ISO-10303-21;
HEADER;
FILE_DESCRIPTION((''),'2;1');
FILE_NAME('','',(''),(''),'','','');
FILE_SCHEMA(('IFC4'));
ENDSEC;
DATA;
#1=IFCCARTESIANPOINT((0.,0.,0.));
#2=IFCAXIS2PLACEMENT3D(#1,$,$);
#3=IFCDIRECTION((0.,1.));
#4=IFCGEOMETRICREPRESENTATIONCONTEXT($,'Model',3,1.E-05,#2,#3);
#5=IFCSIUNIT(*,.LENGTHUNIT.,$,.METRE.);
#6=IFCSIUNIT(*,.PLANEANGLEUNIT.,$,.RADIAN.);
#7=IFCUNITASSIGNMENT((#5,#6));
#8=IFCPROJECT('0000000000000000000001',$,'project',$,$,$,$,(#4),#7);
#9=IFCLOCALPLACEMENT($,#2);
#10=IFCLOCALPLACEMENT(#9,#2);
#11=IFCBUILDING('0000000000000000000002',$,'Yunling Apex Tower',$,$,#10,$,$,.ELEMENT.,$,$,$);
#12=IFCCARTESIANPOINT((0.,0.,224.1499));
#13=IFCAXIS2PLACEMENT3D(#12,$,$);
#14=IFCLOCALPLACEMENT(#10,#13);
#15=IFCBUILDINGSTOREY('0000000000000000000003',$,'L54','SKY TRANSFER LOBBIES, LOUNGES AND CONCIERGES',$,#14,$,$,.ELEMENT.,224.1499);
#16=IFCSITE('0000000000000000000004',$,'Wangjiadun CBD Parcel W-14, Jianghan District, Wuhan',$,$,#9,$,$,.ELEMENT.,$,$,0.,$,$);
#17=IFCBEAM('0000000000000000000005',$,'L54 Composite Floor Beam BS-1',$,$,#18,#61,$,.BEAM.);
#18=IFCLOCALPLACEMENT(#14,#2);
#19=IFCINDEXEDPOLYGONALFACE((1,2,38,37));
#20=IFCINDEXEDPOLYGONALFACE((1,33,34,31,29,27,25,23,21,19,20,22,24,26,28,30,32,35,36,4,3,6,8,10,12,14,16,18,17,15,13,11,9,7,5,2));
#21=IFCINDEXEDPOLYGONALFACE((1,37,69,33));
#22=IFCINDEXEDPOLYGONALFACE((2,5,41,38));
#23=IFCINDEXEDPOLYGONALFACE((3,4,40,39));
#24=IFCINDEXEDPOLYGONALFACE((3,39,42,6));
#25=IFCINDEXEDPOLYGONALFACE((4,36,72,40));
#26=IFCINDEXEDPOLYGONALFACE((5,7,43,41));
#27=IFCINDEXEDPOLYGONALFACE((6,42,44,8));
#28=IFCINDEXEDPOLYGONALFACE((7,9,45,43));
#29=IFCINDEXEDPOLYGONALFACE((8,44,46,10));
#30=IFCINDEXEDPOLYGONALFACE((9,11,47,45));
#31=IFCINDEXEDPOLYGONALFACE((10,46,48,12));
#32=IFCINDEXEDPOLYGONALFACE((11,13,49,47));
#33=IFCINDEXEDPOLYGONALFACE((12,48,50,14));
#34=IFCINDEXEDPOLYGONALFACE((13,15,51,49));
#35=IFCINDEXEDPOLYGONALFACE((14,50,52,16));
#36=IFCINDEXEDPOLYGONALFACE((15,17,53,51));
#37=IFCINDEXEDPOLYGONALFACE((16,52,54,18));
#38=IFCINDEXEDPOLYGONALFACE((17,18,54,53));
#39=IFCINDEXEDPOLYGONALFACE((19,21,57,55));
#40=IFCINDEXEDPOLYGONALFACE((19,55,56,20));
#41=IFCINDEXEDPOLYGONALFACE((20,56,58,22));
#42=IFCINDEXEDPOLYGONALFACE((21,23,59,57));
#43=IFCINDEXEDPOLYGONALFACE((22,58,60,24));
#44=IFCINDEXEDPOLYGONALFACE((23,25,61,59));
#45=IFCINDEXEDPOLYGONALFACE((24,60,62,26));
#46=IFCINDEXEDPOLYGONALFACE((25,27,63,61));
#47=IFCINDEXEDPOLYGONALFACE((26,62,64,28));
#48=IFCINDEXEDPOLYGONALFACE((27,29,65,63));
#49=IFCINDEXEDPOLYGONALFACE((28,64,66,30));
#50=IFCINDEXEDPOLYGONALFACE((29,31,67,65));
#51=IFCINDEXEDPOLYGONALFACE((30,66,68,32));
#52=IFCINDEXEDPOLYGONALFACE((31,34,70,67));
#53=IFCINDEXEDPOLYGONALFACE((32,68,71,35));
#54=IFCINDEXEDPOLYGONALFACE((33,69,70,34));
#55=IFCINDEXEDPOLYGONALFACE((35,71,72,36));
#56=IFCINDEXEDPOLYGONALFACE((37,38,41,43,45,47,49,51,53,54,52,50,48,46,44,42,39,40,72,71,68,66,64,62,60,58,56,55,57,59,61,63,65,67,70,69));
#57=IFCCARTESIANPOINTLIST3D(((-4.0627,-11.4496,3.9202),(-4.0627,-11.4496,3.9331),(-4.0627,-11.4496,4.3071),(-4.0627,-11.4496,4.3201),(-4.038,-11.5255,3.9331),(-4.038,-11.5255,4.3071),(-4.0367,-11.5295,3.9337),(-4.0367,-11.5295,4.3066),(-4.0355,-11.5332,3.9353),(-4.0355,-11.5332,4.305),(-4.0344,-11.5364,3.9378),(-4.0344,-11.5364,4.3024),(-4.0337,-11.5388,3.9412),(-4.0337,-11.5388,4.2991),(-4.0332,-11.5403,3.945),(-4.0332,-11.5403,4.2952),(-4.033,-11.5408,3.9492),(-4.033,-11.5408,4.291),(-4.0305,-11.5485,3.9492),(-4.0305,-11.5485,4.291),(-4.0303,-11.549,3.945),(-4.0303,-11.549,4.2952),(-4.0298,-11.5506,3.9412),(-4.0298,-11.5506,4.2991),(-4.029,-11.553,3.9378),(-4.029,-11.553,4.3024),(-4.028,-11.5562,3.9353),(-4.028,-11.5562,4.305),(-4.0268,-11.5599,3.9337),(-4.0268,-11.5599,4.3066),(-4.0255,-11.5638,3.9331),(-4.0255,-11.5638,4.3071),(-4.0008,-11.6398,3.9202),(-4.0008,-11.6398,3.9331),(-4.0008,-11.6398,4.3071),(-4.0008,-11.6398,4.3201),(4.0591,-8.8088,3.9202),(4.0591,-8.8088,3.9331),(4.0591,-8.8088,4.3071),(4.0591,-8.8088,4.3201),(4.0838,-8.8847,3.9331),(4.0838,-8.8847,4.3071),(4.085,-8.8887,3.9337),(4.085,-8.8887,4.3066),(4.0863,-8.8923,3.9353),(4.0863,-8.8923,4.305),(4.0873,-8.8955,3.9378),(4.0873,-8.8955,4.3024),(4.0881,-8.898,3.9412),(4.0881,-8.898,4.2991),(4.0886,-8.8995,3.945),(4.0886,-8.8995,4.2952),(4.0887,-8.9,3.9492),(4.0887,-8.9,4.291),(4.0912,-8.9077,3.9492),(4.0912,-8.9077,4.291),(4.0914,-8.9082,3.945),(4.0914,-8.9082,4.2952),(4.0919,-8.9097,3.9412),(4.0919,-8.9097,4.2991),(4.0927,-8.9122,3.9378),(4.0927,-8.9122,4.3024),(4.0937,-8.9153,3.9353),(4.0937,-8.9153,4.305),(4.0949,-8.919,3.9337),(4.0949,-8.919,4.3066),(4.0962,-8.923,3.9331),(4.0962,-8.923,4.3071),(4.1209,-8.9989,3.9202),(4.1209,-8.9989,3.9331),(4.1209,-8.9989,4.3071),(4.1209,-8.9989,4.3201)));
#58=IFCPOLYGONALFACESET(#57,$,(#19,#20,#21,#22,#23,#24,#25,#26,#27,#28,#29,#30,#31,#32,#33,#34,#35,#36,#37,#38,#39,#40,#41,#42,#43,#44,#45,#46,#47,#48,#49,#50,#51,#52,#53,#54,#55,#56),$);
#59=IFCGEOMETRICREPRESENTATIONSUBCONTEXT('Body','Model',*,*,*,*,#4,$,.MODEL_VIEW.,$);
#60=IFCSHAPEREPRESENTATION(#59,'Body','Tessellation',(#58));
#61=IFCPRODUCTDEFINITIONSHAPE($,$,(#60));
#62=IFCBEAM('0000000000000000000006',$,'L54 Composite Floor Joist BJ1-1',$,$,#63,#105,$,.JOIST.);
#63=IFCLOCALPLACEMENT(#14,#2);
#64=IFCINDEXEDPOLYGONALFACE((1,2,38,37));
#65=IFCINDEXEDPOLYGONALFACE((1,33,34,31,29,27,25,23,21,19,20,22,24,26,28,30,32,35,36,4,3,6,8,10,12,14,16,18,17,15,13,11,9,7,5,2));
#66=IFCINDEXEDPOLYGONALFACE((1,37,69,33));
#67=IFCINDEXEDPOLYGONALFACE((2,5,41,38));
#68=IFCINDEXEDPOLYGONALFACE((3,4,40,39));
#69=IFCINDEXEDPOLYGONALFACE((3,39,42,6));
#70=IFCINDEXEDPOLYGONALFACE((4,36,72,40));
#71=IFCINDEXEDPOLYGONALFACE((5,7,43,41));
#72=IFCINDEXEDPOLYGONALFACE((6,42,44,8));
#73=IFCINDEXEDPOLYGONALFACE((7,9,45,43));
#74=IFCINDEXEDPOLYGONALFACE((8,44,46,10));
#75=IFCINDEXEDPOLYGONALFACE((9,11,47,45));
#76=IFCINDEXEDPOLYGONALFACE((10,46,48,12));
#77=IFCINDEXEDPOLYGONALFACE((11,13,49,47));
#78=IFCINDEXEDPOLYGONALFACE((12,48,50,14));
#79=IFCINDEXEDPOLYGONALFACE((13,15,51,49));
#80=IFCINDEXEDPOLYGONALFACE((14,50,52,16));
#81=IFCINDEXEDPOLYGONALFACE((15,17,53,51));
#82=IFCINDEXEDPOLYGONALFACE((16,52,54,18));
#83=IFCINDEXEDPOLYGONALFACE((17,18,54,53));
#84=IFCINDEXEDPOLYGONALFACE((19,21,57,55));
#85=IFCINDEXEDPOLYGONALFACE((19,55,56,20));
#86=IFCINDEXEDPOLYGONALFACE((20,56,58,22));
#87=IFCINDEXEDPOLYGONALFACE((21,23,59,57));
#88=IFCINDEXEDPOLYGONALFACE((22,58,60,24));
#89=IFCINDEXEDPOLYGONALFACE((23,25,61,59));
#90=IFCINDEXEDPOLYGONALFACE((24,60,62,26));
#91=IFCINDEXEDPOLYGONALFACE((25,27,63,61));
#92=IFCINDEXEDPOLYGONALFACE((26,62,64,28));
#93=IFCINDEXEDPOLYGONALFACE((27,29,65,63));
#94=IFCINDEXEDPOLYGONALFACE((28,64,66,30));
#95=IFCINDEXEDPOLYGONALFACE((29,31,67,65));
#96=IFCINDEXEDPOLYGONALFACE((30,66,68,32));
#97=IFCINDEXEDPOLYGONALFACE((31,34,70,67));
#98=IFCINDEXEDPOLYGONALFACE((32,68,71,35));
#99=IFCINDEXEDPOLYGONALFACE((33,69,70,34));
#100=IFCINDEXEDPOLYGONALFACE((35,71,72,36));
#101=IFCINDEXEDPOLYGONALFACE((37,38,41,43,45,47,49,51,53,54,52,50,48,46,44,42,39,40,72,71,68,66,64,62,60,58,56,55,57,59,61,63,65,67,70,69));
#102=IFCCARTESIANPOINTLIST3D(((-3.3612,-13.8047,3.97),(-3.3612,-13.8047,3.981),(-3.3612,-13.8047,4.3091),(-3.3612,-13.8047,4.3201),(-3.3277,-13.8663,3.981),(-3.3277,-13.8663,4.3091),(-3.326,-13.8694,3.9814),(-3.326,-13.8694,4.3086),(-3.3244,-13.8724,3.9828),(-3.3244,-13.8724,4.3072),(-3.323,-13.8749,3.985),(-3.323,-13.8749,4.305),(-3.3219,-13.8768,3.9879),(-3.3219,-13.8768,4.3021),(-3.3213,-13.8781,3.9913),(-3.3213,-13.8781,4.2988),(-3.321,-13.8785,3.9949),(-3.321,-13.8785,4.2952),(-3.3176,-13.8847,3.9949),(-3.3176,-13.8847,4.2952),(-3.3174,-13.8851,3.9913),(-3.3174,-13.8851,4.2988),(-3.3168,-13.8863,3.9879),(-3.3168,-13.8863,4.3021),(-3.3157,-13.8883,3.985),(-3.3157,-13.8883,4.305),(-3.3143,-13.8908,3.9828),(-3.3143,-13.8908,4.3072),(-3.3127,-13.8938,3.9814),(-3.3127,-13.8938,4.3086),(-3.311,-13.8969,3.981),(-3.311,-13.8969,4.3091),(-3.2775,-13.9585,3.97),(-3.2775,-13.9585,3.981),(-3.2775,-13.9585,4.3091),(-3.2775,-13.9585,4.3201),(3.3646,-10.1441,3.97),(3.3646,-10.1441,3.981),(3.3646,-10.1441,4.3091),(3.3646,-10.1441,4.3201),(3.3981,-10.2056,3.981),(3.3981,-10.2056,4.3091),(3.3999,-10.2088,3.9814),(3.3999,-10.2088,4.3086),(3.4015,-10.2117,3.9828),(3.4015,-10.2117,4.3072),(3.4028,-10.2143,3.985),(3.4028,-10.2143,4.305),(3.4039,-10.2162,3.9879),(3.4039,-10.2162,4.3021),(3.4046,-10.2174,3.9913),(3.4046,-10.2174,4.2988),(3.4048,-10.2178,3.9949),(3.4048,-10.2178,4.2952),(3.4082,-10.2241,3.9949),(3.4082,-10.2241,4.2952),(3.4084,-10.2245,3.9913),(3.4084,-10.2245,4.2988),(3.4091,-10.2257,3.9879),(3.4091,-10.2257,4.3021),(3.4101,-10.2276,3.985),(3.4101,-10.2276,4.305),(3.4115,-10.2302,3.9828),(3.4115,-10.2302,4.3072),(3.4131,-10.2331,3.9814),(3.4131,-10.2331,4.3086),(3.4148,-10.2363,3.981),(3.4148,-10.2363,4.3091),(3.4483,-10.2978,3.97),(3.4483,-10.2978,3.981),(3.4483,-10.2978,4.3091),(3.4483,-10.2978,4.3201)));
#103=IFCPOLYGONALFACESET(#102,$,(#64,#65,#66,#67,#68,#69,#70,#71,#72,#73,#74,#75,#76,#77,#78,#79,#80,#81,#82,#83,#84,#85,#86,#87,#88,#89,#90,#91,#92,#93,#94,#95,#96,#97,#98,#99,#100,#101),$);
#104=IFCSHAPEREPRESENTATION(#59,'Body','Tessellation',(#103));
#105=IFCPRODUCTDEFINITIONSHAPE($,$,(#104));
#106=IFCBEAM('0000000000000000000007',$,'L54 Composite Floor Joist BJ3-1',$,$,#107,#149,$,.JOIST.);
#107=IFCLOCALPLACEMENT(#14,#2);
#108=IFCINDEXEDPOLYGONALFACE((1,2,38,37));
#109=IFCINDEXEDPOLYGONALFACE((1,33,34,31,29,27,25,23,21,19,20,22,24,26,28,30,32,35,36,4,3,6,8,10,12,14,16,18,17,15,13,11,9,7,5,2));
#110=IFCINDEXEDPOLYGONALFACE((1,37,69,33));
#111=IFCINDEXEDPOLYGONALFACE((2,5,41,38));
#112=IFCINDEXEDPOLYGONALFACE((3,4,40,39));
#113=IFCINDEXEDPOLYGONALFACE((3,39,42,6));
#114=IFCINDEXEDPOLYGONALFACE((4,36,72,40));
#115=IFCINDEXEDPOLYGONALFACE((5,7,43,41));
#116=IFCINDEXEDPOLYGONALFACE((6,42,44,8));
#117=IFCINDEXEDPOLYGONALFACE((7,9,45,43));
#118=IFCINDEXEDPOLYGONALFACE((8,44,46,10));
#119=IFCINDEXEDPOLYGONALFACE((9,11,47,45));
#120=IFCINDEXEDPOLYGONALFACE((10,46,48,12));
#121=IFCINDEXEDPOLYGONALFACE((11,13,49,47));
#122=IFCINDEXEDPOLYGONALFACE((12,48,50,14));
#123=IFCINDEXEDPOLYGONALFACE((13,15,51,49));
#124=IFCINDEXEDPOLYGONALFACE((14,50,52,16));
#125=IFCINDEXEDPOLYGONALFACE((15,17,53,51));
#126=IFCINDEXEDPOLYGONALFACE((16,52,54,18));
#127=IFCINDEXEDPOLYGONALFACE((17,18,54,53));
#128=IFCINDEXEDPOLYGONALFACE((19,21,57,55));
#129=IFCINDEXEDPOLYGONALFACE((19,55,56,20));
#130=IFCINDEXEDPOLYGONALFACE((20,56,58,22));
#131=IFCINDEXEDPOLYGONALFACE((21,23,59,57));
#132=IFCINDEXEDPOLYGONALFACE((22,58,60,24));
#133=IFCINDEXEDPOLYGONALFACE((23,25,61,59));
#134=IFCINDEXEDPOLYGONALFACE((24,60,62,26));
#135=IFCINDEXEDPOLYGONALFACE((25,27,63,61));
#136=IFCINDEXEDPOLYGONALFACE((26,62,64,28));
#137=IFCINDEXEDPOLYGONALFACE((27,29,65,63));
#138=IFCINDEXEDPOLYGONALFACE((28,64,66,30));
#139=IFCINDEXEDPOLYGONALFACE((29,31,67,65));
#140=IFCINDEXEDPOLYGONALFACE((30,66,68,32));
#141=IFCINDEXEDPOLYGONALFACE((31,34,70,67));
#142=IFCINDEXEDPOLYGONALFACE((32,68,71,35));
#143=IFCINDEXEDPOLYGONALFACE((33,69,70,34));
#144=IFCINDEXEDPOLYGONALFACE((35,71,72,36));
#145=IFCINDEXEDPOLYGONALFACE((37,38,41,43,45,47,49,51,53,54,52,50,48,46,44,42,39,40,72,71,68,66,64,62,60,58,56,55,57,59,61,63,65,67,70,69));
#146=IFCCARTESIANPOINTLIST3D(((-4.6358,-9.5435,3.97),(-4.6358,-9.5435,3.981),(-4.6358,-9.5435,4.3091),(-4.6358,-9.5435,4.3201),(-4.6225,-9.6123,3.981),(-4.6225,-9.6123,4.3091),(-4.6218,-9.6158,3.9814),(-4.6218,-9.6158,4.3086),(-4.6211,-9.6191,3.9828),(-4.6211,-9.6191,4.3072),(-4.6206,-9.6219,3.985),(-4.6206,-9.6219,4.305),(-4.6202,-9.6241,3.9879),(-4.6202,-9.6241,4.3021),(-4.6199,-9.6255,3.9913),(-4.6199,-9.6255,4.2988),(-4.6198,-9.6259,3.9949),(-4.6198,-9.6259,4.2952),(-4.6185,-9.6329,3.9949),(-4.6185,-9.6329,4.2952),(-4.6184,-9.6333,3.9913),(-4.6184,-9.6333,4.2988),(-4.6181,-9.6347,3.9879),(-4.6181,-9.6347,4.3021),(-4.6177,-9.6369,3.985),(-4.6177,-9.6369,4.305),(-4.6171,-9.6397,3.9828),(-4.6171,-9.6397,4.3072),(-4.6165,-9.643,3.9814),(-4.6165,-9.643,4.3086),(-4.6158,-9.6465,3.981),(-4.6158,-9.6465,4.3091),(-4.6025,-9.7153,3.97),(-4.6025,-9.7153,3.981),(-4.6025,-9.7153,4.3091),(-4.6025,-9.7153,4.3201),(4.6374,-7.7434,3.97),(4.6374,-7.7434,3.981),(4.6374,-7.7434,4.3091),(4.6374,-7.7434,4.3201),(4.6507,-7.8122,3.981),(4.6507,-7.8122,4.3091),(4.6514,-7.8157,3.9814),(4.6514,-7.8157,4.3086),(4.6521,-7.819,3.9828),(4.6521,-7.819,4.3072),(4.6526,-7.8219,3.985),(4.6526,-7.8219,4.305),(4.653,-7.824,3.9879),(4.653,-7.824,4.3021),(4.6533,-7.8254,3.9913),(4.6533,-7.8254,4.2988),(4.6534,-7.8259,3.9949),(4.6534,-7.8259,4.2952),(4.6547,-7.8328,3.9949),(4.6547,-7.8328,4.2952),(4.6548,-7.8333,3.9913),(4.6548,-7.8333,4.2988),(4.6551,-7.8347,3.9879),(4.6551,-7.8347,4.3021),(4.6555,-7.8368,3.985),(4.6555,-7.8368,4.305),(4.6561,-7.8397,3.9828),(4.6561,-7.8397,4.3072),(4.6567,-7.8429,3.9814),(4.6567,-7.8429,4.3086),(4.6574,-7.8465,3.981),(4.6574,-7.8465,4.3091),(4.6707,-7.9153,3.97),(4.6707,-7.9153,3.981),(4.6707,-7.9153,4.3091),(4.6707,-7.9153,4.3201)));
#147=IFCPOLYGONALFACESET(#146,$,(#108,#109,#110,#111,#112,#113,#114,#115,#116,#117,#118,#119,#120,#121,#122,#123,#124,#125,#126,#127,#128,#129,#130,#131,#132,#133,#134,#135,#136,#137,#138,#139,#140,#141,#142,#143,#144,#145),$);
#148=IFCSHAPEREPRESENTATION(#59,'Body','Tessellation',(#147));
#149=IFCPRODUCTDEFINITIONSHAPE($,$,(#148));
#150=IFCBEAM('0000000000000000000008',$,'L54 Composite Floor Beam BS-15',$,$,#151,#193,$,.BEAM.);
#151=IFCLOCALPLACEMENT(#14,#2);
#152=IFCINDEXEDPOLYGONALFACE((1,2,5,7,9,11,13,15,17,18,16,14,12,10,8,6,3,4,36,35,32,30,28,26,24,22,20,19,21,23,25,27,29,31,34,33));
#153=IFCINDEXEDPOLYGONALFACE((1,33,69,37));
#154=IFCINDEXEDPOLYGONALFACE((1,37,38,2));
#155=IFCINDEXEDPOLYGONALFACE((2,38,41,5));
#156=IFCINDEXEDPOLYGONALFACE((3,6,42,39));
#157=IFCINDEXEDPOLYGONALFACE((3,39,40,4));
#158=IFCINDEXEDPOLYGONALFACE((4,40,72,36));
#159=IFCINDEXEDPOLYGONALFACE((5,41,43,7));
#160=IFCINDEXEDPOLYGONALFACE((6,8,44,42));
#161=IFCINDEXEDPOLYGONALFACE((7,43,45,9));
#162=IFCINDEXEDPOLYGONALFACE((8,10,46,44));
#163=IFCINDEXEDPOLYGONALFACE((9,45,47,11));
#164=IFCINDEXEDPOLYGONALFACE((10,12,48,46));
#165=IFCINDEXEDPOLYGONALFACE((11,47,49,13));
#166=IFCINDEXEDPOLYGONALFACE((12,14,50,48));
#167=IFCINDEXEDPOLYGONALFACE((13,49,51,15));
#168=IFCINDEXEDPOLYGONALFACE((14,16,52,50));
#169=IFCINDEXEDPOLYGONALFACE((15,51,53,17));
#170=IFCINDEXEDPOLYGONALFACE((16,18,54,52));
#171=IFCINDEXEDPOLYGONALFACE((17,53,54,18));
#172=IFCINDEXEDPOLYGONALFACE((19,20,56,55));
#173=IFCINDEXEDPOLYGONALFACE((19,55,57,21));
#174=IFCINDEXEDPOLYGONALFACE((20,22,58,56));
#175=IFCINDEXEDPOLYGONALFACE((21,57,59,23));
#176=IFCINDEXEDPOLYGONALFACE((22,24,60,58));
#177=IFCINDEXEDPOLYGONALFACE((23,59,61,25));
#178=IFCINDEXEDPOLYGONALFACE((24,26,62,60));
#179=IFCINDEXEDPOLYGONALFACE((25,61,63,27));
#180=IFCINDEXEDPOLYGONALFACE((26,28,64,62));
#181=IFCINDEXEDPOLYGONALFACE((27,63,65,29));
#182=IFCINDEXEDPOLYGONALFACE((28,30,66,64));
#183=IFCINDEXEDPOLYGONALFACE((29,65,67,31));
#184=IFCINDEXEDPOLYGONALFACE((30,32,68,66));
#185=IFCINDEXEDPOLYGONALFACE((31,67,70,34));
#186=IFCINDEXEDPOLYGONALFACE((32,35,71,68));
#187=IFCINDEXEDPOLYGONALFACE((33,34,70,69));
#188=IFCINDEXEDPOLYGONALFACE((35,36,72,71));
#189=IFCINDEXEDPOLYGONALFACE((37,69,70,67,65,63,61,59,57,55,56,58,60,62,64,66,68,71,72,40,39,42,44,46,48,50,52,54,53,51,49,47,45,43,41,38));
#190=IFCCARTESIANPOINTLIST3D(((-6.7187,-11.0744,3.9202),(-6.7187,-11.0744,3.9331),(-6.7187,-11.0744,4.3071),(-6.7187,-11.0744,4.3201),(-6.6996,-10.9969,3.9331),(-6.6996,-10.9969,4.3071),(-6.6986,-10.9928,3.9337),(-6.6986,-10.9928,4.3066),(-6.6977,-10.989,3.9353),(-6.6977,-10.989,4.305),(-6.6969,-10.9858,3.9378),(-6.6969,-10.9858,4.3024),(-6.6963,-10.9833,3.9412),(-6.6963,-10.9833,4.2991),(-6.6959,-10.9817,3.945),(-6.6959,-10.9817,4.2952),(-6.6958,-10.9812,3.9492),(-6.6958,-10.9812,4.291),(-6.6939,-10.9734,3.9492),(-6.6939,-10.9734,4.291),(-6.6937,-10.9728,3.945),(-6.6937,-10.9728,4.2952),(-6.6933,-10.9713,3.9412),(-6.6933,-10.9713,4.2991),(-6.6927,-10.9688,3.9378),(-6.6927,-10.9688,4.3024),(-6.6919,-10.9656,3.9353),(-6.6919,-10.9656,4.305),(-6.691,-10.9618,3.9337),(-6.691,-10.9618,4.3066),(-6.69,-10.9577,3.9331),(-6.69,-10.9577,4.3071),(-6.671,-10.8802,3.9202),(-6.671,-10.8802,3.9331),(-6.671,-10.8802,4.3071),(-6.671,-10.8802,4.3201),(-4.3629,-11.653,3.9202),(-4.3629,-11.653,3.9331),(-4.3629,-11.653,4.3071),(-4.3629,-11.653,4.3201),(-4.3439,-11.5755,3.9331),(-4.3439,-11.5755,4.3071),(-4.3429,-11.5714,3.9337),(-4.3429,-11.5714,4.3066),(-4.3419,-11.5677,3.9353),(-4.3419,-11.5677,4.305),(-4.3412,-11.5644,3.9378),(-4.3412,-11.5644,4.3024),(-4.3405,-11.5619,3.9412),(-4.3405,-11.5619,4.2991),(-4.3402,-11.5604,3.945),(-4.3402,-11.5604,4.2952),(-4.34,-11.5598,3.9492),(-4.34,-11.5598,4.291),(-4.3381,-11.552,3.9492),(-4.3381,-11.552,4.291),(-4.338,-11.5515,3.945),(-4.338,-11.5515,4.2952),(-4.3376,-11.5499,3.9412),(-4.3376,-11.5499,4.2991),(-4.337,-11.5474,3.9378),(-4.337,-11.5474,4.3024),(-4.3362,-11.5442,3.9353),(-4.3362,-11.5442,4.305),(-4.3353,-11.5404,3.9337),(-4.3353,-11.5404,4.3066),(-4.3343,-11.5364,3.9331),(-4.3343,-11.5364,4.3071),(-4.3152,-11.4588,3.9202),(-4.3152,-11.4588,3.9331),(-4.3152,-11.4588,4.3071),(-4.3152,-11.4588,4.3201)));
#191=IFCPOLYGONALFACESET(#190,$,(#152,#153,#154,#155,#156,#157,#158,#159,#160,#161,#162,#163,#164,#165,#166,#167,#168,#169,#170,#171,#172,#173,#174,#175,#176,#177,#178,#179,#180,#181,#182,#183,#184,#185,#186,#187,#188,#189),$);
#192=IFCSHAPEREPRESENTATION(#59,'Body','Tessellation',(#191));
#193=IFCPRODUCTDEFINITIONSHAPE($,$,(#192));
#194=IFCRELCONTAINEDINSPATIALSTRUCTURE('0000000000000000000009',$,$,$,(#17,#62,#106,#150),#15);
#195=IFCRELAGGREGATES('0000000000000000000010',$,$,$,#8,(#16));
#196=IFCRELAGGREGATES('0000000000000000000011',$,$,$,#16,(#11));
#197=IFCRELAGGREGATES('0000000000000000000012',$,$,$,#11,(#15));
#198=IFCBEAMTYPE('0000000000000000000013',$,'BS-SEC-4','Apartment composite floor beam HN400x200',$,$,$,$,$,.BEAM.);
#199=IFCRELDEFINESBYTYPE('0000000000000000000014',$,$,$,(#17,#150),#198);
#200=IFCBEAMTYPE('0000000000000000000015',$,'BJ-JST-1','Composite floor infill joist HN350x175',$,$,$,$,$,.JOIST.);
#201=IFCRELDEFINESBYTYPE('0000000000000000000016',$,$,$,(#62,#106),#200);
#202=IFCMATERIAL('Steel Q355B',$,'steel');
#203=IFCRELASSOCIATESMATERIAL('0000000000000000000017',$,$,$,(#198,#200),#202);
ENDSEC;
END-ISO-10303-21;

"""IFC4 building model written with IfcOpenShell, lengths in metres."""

from ifc_helpers import new_model, si_unit, direction, frame, origin, origin_2d, place, context, subcontext, project, spatial, i_section, extrude, source, transform, mapped, material, material_profile, profile_set, type_object, element, save


model = new_model("IFC4")

# Units and contexts
model_context = context("Model", 3, precision=1e-05, world=origin(), true_north=direction((0.0, 1.0)))
body_context = subcontext(model_context, "Body", "Model", "MODEL_VIEW")
ifc_project = project(units=[si_unit("LENGTHUNIT", "METRE"), si_unit("PLANEANGLEUNIT", "RADIAN")], contexts=[model_context])

# Site, building, storey
site_placement = place(None, origin())
site = spatial("IfcSite", under=ifc_project, at=site_placement, Name="Wangjiadun CBD Parcel W-14, Jianghan District, Wuhan", CompositionType="ELEMENT", RefElevation=0.0)
building_placement = place(site_placement, origin())
building = spatial("IfcBuilding", under=site, at=building_placement, Name="Yunling Apex Tower", CompositionType="ELEMENT")
storey_placement = place(building_placement, frame((0.0, 0.0, 224.1499)))
storey = spatial("IfcBuildingStorey", under=building, at=storey_placement, Name="L54", Description="SKY TRANSFER LOBBIES, LOUNGES AND CONCIERGES", CompositionType="ELEMENT", Elevation=224.1499)

# Beams
ifc_material_1 = material(Name="Steel Q355B", Category="steel")
ifc_material_profile_1 = material_profile(ifc_material_1, i_section(OverallWidth=0.2, OverallDepth=0.3999, WebThickness=0.0081, FlangeThickness=0.0129, FilletRadius=0.0161, at=origin_2d()))
ifc_profile_set_1 = profile_set([ifc_material_profile_1], Name="Steel Q355B")
beam_type_1 = type_object("IfcBeamType", Name="BS-SEC-4", Description="Apartment composite floor beam HN400x200", PredefinedType="BEAM", material=ifc_profile_set_1)
shared_shape_1 = source(origin(), body_context, "Body", "SweptSolid", [
    extrude(i_section(OverallWidth=0.2, OverallDepth=0.3999, WebThickness=0.0081, FlangeThickness=0.0129, FilletRadius=0.0161, at=origin_2d()), origin(), (0.0, 0.0, 1.0), 8.5403),
])
beam_1_placement = place(storey_placement, frame((-4.0317, -11.5447, 4.1201), z_axis=(0.95099, 0.309221, 0.0), x_axis=(-0.309221, 0.95099, 0.0)))
element("IfcBeam", 1, at=beam_1_placement, inside=storey, type_object=beam_type_1, Name="L54 Composite Floor Beam BS-1", PredefinedType="BEAM", context=body_context, shape_type="MappedRepresentation", body=[
    mapped(shared_shape_1, transform((0.0, 0.0, 0.0), scale=1.0)),
])
ifc_material_profile_2 = material_profile(ifc_material_1, i_section(OverallWidth=0.175, OverallDepth=0.3501, WebThickness=0.0071, FlangeThickness=0.011, FilletRadius=0.0139, at=origin_2d()))
ifc_profile_set_2 = profile_set([ifc_material_profile_2], Name="Steel Q355B")
beam_type_2 = type_object("IfcBeamType", Name="BJ-JST-1", Description="Composite floor infill joist HN350x175", PredefinedType="JOIST", material=ifc_profile_set_2)
shared_shape_2 = source(origin(), body_context, "Body", "SweptSolid", [
    extrude(i_section(OverallWidth=0.175, OverallDepth=0.3501, WebThickness=0.0071, FlangeThickness=0.011, FilletRadius=0.0139, at=origin_2d()), origin(), (0.0, 0.0, 1.0), 7.6575),
])
beam_2_placement = place(storey_placement, frame((-3.3193, -13.8816, 4.145), z_axis=(0.878334, 0.478048, 0.0), x_axis=(-0.478048, 0.878334, 0.0)))
element("IfcBeam", 2, at=beam_2_placement, inside=storey, type_object=beam_type_2, Name="L54 Composite Floor Joist BJ1-1", PredefinedType="JOIST", context=body_context, shape_type="MappedRepresentation", body=[
    mapped(shared_shape_2, transform((0.0, 0.0, 0.0), scale=1.0)),
])
shared_shape_3 = source(origin(), body_context, "Body", "SweptSolid", [
    extrude(i_section(OverallWidth=0.175, OverallDepth=0.3501, WebThickness=0.0071, FlangeThickness=0.011, FilletRadius=0.0139, at=origin_2d()), origin(), (0.0, 0.0, 1.0), 9.4463),
])
beam_3_placement = place(storey_placement, frame((-4.6191, -9.6294, 4.145), z_axis=(0.981676, 0.190556, 0.0), x_axis=(-0.190556, 0.981676, 0.0)))
element("IfcBeam", 3, at=beam_3_placement, inside=storey, type_object=beam_type_2, Name="L54 Composite Floor Joist BJ3-1", PredefinedType="JOIST", context=body_context, shape_type="MappedRepresentation", body=[
    mapped(shared_shape_3, transform((0.0, 0.0, 0.0), scale=1.0)),
])
shared_shape_4 = source(origin(), body_context, "Body", "SweptSolid", [
    extrude(i_section(OverallWidth=0.2, OverallDepth=0.3999, WebThickness=0.0081, FlangeThickness=0.0129, FilletRadius=0.0161, at=origin_2d()), origin(), (0.0, 0.0, 1.0), 2.4258),
])
beam_4_placement = place(storey_placement, frame((-6.6948, -10.9773, 4.1201), z_axis=(0.971135, -0.238531, 0.0), x_axis=(0.238531, 0.971135, 0.0)))
element("IfcBeam", 4, at=beam_4_placement, inside=storey, type_object=beam_type_1, Name="L54 Composite Floor Beam BS-15", PredefinedType="BEAM", context=body_context, shape_type="MappedRepresentation", body=[
    mapped(shared_shape_4, transform((0.0, 0.0, 0.0), scale=1.0)),
])

save(model, "model.ifc")
